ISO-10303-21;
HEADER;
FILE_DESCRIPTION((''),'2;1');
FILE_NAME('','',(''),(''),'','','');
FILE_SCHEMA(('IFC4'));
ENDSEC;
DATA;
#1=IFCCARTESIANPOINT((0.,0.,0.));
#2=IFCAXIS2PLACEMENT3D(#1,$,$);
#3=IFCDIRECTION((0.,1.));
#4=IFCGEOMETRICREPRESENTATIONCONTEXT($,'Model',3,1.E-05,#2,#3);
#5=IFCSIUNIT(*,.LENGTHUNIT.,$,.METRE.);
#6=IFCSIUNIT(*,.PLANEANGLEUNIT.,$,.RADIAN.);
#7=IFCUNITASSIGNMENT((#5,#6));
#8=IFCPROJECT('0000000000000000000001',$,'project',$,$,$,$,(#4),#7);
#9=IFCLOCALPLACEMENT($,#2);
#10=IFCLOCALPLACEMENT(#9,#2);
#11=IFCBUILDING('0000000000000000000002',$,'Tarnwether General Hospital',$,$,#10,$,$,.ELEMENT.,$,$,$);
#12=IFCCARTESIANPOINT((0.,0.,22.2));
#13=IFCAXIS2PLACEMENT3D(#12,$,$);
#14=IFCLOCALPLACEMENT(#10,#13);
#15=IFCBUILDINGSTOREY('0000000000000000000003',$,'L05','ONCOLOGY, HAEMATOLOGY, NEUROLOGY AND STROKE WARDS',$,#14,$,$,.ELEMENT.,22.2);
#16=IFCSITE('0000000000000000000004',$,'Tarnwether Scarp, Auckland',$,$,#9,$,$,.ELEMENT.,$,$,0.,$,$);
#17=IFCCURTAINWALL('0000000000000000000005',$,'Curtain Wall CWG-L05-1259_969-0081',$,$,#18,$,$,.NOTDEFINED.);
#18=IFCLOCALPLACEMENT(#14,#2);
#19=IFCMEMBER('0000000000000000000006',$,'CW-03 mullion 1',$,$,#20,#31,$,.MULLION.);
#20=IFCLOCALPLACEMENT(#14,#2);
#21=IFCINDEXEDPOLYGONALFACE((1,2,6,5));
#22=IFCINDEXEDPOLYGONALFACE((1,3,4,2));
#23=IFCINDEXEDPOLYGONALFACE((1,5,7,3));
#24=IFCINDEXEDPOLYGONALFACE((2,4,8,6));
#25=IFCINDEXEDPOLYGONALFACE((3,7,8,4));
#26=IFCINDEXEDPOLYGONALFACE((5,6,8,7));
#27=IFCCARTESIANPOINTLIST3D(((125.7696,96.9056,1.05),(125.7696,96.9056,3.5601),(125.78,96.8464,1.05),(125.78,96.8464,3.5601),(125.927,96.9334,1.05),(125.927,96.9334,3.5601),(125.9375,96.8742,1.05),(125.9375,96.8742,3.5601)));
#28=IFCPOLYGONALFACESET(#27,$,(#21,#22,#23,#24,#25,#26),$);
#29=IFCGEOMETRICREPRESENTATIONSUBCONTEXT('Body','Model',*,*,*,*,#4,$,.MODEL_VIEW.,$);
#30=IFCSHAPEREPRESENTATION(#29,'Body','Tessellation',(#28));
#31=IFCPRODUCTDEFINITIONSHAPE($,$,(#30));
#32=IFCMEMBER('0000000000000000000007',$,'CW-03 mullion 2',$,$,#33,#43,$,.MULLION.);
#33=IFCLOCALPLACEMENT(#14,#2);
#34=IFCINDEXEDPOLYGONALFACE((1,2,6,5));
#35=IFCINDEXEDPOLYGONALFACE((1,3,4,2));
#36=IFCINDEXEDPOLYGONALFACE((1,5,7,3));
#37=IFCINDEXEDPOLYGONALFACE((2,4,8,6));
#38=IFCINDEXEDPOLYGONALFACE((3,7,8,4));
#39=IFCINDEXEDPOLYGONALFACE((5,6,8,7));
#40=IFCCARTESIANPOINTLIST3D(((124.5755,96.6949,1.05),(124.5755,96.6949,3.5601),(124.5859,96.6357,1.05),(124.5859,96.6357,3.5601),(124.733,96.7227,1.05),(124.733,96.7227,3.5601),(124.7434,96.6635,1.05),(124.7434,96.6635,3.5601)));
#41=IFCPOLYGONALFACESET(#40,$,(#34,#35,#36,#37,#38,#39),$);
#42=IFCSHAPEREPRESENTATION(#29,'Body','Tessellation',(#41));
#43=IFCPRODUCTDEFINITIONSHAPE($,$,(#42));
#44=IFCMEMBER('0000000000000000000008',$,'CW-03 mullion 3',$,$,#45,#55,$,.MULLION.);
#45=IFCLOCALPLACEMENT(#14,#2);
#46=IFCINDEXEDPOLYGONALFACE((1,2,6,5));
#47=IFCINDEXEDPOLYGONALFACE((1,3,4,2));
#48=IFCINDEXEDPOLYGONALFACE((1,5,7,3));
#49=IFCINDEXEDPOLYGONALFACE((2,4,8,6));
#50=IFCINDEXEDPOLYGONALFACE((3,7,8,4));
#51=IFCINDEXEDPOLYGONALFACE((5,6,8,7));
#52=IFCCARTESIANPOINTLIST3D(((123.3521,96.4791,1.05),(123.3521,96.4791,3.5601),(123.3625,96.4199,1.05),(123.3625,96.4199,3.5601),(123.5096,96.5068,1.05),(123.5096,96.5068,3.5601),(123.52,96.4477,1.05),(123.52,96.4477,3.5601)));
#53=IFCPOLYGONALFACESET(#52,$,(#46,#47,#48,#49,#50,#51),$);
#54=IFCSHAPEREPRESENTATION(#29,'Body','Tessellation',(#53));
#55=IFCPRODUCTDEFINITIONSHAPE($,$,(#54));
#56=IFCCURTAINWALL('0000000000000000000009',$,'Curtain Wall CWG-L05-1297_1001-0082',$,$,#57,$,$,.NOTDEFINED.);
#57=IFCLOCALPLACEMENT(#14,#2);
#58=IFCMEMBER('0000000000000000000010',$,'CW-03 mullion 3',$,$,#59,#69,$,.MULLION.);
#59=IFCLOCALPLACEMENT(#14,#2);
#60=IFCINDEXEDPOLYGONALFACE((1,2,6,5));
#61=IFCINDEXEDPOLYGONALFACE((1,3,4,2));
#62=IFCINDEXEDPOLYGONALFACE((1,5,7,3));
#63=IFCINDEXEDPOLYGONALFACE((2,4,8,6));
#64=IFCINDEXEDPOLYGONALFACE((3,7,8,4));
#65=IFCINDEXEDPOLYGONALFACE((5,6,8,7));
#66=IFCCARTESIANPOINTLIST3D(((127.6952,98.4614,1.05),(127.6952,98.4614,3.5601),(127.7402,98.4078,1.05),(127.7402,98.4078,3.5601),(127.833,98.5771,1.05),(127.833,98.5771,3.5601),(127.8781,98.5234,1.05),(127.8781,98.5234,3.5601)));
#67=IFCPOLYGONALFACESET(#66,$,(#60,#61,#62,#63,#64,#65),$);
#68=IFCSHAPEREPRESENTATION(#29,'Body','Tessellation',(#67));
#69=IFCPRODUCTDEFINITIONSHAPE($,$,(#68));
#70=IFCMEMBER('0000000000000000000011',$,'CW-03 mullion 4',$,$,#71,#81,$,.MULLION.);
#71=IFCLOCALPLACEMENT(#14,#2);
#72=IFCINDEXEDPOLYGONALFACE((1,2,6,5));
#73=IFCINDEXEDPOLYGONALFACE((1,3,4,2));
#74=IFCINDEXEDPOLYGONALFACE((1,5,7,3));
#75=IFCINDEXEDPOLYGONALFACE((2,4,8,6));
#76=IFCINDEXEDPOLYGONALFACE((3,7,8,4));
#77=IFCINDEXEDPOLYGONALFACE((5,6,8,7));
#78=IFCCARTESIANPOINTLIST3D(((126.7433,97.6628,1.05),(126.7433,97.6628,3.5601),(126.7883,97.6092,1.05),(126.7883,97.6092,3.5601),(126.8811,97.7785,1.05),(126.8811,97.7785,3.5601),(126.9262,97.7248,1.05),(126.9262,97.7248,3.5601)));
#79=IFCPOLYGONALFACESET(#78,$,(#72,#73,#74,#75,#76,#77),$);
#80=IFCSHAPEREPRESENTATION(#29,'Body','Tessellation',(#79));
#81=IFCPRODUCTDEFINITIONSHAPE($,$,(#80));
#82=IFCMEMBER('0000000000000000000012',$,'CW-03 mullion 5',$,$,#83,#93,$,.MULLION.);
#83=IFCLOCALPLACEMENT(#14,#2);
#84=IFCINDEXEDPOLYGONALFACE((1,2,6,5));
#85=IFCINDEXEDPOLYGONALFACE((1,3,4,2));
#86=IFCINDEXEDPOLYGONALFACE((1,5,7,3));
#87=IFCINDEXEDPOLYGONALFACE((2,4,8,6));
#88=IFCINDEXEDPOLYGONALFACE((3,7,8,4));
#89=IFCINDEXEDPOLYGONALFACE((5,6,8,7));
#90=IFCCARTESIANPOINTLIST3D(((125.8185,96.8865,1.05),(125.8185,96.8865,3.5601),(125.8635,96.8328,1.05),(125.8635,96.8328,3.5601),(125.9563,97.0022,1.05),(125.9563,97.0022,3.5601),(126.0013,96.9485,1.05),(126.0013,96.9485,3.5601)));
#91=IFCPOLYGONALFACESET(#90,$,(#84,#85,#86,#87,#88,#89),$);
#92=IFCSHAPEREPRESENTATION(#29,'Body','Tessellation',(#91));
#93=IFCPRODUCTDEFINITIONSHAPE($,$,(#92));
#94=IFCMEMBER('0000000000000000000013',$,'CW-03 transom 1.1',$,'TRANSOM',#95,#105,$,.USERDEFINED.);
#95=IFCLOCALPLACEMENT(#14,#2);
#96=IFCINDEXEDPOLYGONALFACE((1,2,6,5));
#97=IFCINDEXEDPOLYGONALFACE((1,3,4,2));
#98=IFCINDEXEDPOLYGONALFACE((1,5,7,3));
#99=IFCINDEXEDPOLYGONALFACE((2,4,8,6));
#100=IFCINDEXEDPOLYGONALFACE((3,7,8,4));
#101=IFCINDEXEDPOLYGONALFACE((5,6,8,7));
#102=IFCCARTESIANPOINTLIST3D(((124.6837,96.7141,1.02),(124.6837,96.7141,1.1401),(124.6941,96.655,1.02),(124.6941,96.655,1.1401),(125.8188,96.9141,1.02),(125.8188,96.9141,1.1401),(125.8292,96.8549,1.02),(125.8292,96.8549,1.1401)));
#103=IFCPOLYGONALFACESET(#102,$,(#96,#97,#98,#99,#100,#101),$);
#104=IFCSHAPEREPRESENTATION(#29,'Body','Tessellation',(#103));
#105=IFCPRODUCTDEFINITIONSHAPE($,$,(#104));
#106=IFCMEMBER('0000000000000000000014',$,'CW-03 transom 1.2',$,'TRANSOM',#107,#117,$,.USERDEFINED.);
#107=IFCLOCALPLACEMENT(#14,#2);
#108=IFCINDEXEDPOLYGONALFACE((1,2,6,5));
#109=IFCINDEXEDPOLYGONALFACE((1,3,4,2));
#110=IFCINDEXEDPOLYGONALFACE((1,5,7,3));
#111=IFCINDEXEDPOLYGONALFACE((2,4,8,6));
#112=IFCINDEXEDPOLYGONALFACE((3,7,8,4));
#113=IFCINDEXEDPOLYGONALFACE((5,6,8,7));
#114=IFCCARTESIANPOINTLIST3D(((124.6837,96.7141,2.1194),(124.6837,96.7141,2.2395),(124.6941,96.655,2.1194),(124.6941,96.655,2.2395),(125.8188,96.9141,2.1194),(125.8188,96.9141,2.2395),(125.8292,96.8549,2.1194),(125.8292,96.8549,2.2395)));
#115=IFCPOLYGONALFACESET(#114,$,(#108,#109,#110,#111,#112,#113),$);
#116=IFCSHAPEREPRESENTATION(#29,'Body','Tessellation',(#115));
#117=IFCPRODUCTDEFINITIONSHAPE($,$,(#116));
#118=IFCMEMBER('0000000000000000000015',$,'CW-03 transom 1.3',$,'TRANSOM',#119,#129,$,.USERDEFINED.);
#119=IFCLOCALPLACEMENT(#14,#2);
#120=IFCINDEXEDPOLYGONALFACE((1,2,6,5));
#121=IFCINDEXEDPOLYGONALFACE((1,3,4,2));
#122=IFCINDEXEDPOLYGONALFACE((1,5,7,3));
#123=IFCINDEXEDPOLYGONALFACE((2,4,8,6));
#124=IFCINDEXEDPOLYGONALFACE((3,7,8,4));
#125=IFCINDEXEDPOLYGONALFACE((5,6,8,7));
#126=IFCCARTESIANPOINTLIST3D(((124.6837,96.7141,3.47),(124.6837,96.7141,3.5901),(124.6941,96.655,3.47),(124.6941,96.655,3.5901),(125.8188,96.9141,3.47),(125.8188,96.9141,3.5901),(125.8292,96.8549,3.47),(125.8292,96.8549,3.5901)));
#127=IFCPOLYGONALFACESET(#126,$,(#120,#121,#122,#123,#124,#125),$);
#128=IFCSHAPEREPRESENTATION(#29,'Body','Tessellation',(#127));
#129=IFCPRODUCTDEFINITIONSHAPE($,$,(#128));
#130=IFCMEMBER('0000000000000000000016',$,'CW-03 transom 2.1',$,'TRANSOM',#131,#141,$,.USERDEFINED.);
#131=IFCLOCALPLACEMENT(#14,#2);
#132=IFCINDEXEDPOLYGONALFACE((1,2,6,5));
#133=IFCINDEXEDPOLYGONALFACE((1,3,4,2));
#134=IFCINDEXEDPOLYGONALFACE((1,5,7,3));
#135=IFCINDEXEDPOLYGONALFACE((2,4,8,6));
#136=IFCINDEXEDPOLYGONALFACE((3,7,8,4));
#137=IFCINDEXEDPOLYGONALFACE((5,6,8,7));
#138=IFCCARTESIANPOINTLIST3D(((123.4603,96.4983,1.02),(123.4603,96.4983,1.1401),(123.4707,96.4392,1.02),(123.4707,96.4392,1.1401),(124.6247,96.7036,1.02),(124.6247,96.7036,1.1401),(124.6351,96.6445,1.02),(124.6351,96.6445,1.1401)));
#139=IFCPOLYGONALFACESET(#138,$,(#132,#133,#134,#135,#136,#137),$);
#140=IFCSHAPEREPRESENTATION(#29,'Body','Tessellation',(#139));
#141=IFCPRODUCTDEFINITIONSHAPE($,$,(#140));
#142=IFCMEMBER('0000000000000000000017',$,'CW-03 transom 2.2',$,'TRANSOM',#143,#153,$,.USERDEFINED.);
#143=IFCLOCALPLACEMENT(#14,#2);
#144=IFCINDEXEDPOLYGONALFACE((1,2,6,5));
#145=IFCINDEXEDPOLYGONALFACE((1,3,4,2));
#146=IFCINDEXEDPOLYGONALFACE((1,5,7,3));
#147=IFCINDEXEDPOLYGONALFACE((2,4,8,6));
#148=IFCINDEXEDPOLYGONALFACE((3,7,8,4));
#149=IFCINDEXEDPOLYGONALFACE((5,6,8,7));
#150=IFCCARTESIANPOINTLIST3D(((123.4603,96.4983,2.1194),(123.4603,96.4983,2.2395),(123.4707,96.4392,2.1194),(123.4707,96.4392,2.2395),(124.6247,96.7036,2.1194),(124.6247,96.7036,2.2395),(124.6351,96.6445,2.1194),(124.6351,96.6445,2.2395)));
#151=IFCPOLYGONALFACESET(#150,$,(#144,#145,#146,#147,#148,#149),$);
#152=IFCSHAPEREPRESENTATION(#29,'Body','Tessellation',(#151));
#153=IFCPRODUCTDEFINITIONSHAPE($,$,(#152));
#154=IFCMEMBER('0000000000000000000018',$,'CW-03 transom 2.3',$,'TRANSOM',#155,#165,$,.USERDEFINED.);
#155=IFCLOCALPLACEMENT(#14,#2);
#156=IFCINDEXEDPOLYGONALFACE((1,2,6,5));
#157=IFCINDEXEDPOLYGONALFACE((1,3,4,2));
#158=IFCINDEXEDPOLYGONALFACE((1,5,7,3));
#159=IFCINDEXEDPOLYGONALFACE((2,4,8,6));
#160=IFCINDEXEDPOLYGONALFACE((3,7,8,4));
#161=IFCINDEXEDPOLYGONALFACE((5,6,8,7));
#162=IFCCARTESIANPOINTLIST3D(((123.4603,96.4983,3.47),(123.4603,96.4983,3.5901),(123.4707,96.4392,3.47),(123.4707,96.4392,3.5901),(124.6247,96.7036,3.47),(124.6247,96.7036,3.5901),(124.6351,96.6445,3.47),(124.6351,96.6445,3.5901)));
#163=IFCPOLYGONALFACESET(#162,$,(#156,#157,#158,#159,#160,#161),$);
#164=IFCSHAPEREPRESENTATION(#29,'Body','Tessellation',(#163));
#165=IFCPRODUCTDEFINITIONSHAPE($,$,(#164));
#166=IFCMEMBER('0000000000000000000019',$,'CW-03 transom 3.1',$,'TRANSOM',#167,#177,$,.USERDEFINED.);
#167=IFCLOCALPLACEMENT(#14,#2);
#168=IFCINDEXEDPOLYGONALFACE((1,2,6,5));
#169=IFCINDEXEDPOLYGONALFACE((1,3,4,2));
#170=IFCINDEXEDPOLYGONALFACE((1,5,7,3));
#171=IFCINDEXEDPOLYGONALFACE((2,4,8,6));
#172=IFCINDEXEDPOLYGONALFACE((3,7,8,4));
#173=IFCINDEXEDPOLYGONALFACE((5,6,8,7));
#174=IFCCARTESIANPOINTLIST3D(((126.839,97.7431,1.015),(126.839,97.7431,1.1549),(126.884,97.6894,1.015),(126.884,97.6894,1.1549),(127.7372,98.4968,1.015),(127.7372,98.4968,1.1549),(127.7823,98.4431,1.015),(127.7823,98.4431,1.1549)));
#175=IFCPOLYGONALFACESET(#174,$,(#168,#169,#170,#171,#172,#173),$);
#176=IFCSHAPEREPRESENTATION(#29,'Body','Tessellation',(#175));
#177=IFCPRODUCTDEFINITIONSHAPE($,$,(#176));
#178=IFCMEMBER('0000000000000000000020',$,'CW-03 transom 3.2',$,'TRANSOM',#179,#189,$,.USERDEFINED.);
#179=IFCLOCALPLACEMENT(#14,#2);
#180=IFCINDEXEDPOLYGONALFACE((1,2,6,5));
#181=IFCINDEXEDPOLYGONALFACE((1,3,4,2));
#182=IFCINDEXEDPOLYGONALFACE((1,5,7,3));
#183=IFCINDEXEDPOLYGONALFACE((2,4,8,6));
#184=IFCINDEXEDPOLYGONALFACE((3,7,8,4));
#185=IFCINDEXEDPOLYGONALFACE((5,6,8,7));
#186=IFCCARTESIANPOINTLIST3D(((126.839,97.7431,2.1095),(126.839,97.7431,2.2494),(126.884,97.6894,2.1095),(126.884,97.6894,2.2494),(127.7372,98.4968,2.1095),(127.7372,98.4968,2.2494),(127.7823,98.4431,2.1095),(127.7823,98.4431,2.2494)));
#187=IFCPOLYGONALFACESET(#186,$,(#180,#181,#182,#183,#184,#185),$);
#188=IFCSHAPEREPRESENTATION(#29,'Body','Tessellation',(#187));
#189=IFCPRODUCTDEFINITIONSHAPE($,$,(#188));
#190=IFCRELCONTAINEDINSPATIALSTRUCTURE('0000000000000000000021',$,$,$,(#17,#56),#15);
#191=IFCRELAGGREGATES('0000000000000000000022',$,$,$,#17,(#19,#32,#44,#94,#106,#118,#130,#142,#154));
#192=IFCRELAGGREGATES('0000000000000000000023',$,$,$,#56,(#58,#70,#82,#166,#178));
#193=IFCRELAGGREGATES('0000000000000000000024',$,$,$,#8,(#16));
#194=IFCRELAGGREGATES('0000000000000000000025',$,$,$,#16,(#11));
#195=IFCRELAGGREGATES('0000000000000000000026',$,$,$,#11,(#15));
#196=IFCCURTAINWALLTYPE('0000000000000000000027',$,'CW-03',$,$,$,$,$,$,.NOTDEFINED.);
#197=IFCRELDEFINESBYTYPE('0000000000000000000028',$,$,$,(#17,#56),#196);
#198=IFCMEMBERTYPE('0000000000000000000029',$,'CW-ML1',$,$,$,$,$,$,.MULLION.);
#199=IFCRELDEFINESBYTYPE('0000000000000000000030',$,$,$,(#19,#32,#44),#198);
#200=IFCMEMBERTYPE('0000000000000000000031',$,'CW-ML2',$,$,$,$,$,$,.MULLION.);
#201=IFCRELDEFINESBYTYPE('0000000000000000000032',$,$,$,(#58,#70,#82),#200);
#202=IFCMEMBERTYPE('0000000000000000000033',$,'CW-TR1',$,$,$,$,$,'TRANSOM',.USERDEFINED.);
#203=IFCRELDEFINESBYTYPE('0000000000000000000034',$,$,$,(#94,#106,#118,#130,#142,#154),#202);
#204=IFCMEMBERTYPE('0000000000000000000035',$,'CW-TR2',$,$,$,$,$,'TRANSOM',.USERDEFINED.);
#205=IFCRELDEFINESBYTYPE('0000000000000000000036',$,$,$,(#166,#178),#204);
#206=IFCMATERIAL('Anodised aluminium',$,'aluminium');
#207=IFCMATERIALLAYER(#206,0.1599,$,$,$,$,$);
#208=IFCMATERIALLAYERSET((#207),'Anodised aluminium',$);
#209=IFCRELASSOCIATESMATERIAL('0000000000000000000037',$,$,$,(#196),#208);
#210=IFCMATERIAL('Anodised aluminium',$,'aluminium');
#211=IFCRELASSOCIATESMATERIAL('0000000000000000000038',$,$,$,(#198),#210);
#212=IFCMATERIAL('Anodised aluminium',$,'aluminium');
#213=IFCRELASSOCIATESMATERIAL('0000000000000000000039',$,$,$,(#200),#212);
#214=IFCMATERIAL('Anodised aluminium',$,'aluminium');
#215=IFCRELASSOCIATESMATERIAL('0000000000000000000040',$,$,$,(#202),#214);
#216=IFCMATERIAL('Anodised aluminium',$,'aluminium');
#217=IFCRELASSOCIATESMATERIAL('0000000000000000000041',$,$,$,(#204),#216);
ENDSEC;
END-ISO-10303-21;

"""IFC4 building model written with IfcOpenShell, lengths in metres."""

from ifc_helpers import new_model, si_unit, direction, frame, origin, origin_2d, place, context, subcontext, project, spatial, rectangle, extrude, material, layer, layer_set, material_profile, profile_set, type_object, element, aggregate, save


model = new_model("IFC4")

# Units and contexts
model_context = context("Model", 3, precision=1e-05, world=origin(), true_north=direction((0.0, 1.0)))
body_context = subcontext(model_context, "Body", "Model", "MODEL_VIEW")
ifc_project = project(units=[si_unit("LENGTHUNIT", "METRE"), si_unit("PLANEANGLEUNIT", "RADIAN")], contexts=[model_context])

# Site, building, storey
site_placement = place(None, origin())
site = spatial("IfcSite", under=ifc_project, at=site_placement, Name="Tarnwether Scarp, Auckland", CompositionType="ELEMENT", RefElevation=0.0)
building_placement = place(site_placement, origin())
building = spatial("IfcBuilding", under=site, at=building_placement, Name="Tarnwether General Hospital", CompositionType="ELEMENT")
storey_placement = place(building_placement, frame((0.0, 0.0, 22.2)))
storey = spatial("IfcBuildingStorey", under=building, at=storey_placement, Name="L05", Description="ONCOLOGY, HAEMATOLOGY, NEUROLOGY AND STROKE WARDS", CompositionType="ELEMENT", Elevation=22.2)

# Curtain walls, members
ifc_material_1 = material(Name="Anodised aluminium", Category="aluminium")
ifc_layer_1 = layer(ifc_material_1, 0.1599)
ifc_layer_set_1 = layer_set([ifc_layer_1], Name="Anodised aluminium")
curtain_wall_type = type_object("IfcCurtainWallType", Name="CW-03", PredefinedType="NOTDEFINED", material=ifc_layer_set_1)
curtain_wall_1_placement = place(storey_placement, origin())
curtain_wall_1 = element("IfcCurtainWall", 1, at=curtain_wall_1_placement, inside=storey, type_object=curtain_wall_type, Name="Curtain Wall CWG-L05-1259_969-0081", PredefinedType="NOTDEFINED")
ifc_material_2 = material(Name="Anodised aluminium", Category="aluminium")
ifc_material_profile_1 = material_profile(ifc_material_2, rectangle(XDim=0.0601, YDim=0.1599, at=origin_2d()), Name="ALU-MUL-60x160")
ifc_profile_set_1 = profile_set([ifc_material_profile_1], Name="Anodised aluminium")
member_type_1 = type_object("IfcMemberType", Name="CW-ML1", PredefinedType="MULLION", material=ifc_profile_set_1)
member_1_placement = place(storey_placement, frame((125.8535, 96.8899, 1.05), z_axis=(0.0, 0.0, 1.0), x_axis=(0.173659, -0.984806, 0.0)))
member_1 = element("IfcMember", 2, at=member_1_placement, type_object=member_type_1, Name="CW-03 mullion 1", PredefinedType="MULLION", context=body_context, shape_type="SweptSolid", body=[
    extrude(rectangle(XDim=0.0601, YDim=0.1599, at=origin_2d()), origin(), (0.0, 0.0, 1.0), 2.51),
])
member_2_placement = place(storey_placement, frame((124.6594, 96.6792, 1.05), z_axis=(0.0, 0.0, 1.0), x_axis=(0.173659, -0.984806, 0.0)))
member_2 = element("IfcMember", 3, at=member_2_placement, type_object=member_type_1, Name="CW-03 mullion 2", PredefinedType="MULLION", context=body_context, shape_type="SweptSolid", body=[
    extrude(rectangle(XDim=0.0601, YDim=0.1599, at=origin_2d()), origin(), (0.0, 0.0, 1.0), 2.51),
])
member_3_placement = place(storey_placement, frame((123.436, 96.4634, 1.05), z_axis=(0.0, 0.0, 1.0), x_axis=(0.173659, -0.984806, 0.0)))
member_3 = element("IfcMember", 4, at=member_3_placement, type_object=member_type_1, Name="CW-03 mullion 3", PredefinedType="MULLION", context=body_context, shape_type="SweptSolid", body=[
    extrude(rectangle(XDim=0.0601, YDim=0.1599, at=origin_2d()), origin(), (0.0, 0.0, 1.0), 2.51),
])
curtain_wall_2_placement = place(storey_placement, origin())
curtain_wall_2 = element("IfcCurtainWall", 5, at=curtain_wall_2_placement, inside=storey, type_object=curtain_wall_type, Name="Curtain Wall CWG-L05-1297_1001-0082", PredefinedType="NOTDEFINED")
ifc_material_3 = material(Name="Anodised aluminium", Category="aluminium")
ifc_material_profile_2 = material_profile(ifc_material_3, rectangle(XDim=0.0701, YDim=0.1799, at=origin_2d()), Name="ALU-MUL-70x180")
ifc_profile_set_2 = profile_set([ifc_material_profile_2], Name="Anodised aluminium")
member_type_2 = type_object("IfcMemberType", Name="CW-ML2", PredefinedType="MULLION", material=ifc_profile_set_2)
member_4_placement = place(storey_placement, frame((127.7866, 98.4924, 1.05), z_axis=(0.0, 0.0, 1.0), x_axis=(0.642852, -0.76599, 0.0)))
member_4 = element("IfcMember", 6, at=member_4_placement, type_object=member_type_2, Name="CW-03 mullion 3", PredefinedType="MULLION", context=body_context, shape_type="SweptSolid", body=[
    extrude(rectangle(XDim=0.0701, YDim=0.1799, at=origin_2d()), origin(), (0.0, 0.0, 1.0), 2.51),
])
member_5_placement = place(storey_placement, frame((126.8347, 97.6938, 1.05), z_axis=(0.0, 0.0, 1.0), x_axis=(0.642852, -0.76599, 0.0)))
member_5 = element("IfcMember", 7, at=member_5_placement, type_object=member_type_2, Name="CW-03 mullion 4", PredefinedType="MULLION", context=body_context, shape_type="SweptSolid", body=[
    extrude(rectangle(XDim=0.0701, YDim=0.1799, at=origin_2d()), origin(), (0.0, 0.0, 1.0), 2.51),
])
member_6_placement = place(storey_placement, frame((125.9099, 96.9175, 1.05), z_axis=(0.0, 0.0, 1.0), x_axis=(0.642852, -0.76599, 0.0)))
member_6 = element("IfcMember", 8, at=member_6_placement, type_object=member_type_2, Name="CW-03 mullion 5", PredefinedType="MULLION", context=body_context, shape_type="SweptSolid", body=[
    extrude(rectangle(XDim=0.0701, YDim=0.1799, at=origin_2d()), origin(), (0.0, 0.0, 1.0), 2.51),
])

# Members
ifc_material_4 = material(Name="Anodised aluminium", Category="aluminium")
ifc_material_profile_3 = material_profile(ifc_material_4, rectangle(XDim=0.0601, YDim=0.1201, at=origin_2d()), Name="ALU-TRN-60x120")
ifc_profile_set_3 = profile_set([ifc_material_profile_3], Name="Anodised aluminium")
member_type_3 = type_object("IfcMemberType", Name="CW-TR1", ElementType="TRANSOM", PredefinedType="USERDEFINED", material=ifc_profile_set_3)
member_7_placement = place(storey_placement, frame((125.824, 96.8845, 1.0801), z_axis=(-0.984835, -0.173495, 0.0), x_axis=(0.173495, -0.984835, 0.0)))
member_7 = element("IfcMember", 9, at=member_7_placement, type_object=member_type_3, Name="CW-03 transom 1.1", ObjectType="TRANSOM", PredefinedType="USERDEFINED", context=body_context, shape_type="SweptSolid", body=[
    extrude(rectangle(XDim=0.0601, YDim=0.1201, at=origin_2d()), origin(), (0.0, 0.0, 1.0), 1.1526),
])
member_8_placement = place(storey_placement, frame((125.824, 96.8845, 2.1794), z_axis=(-0.984835, -0.173495, 0.0), x_axis=(0.173495, -0.984835, 0.0)))
member_8 = element("IfcMember", 10, at=member_8_placement, type_object=member_type_3, Name="CW-03 transom 1.2", ObjectType="TRANSOM", PredefinedType="USERDEFINED", context=body_context, shape_type="SweptSolid", body=[
    extrude(rectangle(XDim=0.0601, YDim=0.1201, at=origin_2d()), origin(), (0.0, 0.0, 1.0), 1.1526),
])
member_9_placement = place(storey_placement, frame((125.824, 96.8845, 3.53), z_axis=(-0.984835, -0.173495, 0.0), x_axis=(0.173495, -0.984835, 0.0)))
member_9 = element("IfcMember", 11, at=member_9_placement, type_object=member_type_3, Name="CW-03 transom 1.3", ObjectType="TRANSOM", PredefinedType="USERDEFINED", context=body_context, shape_type="SweptSolid", body=[
    extrude(rectangle(XDim=0.0601, YDim=0.1201, at=origin_2d()), origin(), (0.0, 0.0, 1.0), 1.1526),
])
member_10_placement = place(storey_placement, frame((124.6299, 96.6741, 1.0801), z_axis=(-0.984804, -0.173668, 0.0), x_axis=(0.173668, -0.984804, 0.0)))
member_10 = element("IfcMember", 12, at=member_10_placement, type_object=member_type_3, Name="CW-03 transom 2.1", ObjectType="TRANSOM", PredefinedType="USERDEFINED", context=body_context, shape_type="SweptSolid", body=[
    extrude(rectangle(XDim=0.0601, YDim=0.1201, at=origin_2d()), origin(), (0.0, 0.0, 1.0), 1.1824),
])
member_11_placement = place(storey_placement, frame((124.6299, 96.6741, 2.1794), z_axis=(-0.984804, -0.173668, 0.0), x_axis=(0.173668, -0.984804, 0.0)))
member_11 = element("IfcMember", 13, at=member_11_placement, type_object=member_type_3, Name="CW-03 transom 2.2", ObjectType="TRANSOM", PredefinedType="USERDEFINED", context=body_context, shape_type="SweptSolid", body=[
    extrude(rectangle(XDim=0.0601, YDim=0.1201, at=origin_2d()), origin(), (0.0, 0.0, 1.0), 1.1824),
])
member_12_placement = place(storey_placement, frame((124.6299, 96.6741, 3.53), z_axis=(-0.984804, -0.173668, 0.0), x_axis=(0.173668, -0.984804, 0.0)))
member_12 = element("IfcMember", 14, at=member_12_placement, type_object=member_type_3, Name="CW-03 transom 2.3", ObjectType="TRANSOM", PredefinedType="USERDEFINED", context=body_context, shape_type="SweptSolid", body=[
    extrude(rectangle(XDim=0.0601, YDim=0.1201, at=origin_2d()), origin(), (0.0, 0.0, 1.0), 1.1824),
])
ifc_material_5 = material(Name="Anodised aluminium", Category="aluminium")
ifc_material_profile_4 = material_profile(ifc_material_5, rectangle(XDim=0.0701, YDim=0.1399, at=origin_2d()), Name="ALU-TRN-70x140")
ifc_profile_set_4 = profile_set([ifc_material_profile_4], Name="Anodised aluminium")
member_type_4 = type_object("IfcMemberType", Name="CW-TR2", ElementType="TRANSOM", PredefinedType="USERDEFINED", material=ifc_profile_set_4)
member_13_placement = place(storey_placement, frame((127.7598, 98.47, 1.085), z_axis=(-0.766049, -0.642782, 0.0), x_axis=(0.642782, -0.766049, 0.0)))
member_13 = element("IfcMember", 15, at=member_13_placement, type_object=member_type_4, Name="CW-03 transom 3.1", ObjectType="TRANSOM", PredefinedType="USERDEFINED", context=body_context, shape_type="SweptSolid", body=[
    extrude(rectangle(XDim=0.0701, YDim=0.1399, at=origin_2d()), origin(), (0.0, 0.0, 1.0), 1.1726),
])
member_14_placement = place(storey_placement, frame((127.7598, 98.47, 2.1794), z_axis=(-0.766049, -0.642782, 0.0), x_axis=(0.642782, -0.766049, 0.0)))
member_14 = element("IfcMember", 16, at=member_14_placement, type_object=member_type_4, Name="CW-03 transom 3.2", ObjectType="TRANSOM", PredefinedType="USERDEFINED", context=body_context, shape_type="SweptSolid", body=[
    extrude(rectangle(XDim=0.0701, YDim=0.1399, at=origin_2d()), origin(), (0.0, 0.0, 1.0), 1.1726),
])

aggregate(curtain_wall_1, [member_1, member_2, member_3, member_7, member_8, member_9, member_10, member_11, member_12])
aggregate(curtain_wall_2, [member_4, member_5, member_6, member_13, member_14])

save(model, "model.ifc")
